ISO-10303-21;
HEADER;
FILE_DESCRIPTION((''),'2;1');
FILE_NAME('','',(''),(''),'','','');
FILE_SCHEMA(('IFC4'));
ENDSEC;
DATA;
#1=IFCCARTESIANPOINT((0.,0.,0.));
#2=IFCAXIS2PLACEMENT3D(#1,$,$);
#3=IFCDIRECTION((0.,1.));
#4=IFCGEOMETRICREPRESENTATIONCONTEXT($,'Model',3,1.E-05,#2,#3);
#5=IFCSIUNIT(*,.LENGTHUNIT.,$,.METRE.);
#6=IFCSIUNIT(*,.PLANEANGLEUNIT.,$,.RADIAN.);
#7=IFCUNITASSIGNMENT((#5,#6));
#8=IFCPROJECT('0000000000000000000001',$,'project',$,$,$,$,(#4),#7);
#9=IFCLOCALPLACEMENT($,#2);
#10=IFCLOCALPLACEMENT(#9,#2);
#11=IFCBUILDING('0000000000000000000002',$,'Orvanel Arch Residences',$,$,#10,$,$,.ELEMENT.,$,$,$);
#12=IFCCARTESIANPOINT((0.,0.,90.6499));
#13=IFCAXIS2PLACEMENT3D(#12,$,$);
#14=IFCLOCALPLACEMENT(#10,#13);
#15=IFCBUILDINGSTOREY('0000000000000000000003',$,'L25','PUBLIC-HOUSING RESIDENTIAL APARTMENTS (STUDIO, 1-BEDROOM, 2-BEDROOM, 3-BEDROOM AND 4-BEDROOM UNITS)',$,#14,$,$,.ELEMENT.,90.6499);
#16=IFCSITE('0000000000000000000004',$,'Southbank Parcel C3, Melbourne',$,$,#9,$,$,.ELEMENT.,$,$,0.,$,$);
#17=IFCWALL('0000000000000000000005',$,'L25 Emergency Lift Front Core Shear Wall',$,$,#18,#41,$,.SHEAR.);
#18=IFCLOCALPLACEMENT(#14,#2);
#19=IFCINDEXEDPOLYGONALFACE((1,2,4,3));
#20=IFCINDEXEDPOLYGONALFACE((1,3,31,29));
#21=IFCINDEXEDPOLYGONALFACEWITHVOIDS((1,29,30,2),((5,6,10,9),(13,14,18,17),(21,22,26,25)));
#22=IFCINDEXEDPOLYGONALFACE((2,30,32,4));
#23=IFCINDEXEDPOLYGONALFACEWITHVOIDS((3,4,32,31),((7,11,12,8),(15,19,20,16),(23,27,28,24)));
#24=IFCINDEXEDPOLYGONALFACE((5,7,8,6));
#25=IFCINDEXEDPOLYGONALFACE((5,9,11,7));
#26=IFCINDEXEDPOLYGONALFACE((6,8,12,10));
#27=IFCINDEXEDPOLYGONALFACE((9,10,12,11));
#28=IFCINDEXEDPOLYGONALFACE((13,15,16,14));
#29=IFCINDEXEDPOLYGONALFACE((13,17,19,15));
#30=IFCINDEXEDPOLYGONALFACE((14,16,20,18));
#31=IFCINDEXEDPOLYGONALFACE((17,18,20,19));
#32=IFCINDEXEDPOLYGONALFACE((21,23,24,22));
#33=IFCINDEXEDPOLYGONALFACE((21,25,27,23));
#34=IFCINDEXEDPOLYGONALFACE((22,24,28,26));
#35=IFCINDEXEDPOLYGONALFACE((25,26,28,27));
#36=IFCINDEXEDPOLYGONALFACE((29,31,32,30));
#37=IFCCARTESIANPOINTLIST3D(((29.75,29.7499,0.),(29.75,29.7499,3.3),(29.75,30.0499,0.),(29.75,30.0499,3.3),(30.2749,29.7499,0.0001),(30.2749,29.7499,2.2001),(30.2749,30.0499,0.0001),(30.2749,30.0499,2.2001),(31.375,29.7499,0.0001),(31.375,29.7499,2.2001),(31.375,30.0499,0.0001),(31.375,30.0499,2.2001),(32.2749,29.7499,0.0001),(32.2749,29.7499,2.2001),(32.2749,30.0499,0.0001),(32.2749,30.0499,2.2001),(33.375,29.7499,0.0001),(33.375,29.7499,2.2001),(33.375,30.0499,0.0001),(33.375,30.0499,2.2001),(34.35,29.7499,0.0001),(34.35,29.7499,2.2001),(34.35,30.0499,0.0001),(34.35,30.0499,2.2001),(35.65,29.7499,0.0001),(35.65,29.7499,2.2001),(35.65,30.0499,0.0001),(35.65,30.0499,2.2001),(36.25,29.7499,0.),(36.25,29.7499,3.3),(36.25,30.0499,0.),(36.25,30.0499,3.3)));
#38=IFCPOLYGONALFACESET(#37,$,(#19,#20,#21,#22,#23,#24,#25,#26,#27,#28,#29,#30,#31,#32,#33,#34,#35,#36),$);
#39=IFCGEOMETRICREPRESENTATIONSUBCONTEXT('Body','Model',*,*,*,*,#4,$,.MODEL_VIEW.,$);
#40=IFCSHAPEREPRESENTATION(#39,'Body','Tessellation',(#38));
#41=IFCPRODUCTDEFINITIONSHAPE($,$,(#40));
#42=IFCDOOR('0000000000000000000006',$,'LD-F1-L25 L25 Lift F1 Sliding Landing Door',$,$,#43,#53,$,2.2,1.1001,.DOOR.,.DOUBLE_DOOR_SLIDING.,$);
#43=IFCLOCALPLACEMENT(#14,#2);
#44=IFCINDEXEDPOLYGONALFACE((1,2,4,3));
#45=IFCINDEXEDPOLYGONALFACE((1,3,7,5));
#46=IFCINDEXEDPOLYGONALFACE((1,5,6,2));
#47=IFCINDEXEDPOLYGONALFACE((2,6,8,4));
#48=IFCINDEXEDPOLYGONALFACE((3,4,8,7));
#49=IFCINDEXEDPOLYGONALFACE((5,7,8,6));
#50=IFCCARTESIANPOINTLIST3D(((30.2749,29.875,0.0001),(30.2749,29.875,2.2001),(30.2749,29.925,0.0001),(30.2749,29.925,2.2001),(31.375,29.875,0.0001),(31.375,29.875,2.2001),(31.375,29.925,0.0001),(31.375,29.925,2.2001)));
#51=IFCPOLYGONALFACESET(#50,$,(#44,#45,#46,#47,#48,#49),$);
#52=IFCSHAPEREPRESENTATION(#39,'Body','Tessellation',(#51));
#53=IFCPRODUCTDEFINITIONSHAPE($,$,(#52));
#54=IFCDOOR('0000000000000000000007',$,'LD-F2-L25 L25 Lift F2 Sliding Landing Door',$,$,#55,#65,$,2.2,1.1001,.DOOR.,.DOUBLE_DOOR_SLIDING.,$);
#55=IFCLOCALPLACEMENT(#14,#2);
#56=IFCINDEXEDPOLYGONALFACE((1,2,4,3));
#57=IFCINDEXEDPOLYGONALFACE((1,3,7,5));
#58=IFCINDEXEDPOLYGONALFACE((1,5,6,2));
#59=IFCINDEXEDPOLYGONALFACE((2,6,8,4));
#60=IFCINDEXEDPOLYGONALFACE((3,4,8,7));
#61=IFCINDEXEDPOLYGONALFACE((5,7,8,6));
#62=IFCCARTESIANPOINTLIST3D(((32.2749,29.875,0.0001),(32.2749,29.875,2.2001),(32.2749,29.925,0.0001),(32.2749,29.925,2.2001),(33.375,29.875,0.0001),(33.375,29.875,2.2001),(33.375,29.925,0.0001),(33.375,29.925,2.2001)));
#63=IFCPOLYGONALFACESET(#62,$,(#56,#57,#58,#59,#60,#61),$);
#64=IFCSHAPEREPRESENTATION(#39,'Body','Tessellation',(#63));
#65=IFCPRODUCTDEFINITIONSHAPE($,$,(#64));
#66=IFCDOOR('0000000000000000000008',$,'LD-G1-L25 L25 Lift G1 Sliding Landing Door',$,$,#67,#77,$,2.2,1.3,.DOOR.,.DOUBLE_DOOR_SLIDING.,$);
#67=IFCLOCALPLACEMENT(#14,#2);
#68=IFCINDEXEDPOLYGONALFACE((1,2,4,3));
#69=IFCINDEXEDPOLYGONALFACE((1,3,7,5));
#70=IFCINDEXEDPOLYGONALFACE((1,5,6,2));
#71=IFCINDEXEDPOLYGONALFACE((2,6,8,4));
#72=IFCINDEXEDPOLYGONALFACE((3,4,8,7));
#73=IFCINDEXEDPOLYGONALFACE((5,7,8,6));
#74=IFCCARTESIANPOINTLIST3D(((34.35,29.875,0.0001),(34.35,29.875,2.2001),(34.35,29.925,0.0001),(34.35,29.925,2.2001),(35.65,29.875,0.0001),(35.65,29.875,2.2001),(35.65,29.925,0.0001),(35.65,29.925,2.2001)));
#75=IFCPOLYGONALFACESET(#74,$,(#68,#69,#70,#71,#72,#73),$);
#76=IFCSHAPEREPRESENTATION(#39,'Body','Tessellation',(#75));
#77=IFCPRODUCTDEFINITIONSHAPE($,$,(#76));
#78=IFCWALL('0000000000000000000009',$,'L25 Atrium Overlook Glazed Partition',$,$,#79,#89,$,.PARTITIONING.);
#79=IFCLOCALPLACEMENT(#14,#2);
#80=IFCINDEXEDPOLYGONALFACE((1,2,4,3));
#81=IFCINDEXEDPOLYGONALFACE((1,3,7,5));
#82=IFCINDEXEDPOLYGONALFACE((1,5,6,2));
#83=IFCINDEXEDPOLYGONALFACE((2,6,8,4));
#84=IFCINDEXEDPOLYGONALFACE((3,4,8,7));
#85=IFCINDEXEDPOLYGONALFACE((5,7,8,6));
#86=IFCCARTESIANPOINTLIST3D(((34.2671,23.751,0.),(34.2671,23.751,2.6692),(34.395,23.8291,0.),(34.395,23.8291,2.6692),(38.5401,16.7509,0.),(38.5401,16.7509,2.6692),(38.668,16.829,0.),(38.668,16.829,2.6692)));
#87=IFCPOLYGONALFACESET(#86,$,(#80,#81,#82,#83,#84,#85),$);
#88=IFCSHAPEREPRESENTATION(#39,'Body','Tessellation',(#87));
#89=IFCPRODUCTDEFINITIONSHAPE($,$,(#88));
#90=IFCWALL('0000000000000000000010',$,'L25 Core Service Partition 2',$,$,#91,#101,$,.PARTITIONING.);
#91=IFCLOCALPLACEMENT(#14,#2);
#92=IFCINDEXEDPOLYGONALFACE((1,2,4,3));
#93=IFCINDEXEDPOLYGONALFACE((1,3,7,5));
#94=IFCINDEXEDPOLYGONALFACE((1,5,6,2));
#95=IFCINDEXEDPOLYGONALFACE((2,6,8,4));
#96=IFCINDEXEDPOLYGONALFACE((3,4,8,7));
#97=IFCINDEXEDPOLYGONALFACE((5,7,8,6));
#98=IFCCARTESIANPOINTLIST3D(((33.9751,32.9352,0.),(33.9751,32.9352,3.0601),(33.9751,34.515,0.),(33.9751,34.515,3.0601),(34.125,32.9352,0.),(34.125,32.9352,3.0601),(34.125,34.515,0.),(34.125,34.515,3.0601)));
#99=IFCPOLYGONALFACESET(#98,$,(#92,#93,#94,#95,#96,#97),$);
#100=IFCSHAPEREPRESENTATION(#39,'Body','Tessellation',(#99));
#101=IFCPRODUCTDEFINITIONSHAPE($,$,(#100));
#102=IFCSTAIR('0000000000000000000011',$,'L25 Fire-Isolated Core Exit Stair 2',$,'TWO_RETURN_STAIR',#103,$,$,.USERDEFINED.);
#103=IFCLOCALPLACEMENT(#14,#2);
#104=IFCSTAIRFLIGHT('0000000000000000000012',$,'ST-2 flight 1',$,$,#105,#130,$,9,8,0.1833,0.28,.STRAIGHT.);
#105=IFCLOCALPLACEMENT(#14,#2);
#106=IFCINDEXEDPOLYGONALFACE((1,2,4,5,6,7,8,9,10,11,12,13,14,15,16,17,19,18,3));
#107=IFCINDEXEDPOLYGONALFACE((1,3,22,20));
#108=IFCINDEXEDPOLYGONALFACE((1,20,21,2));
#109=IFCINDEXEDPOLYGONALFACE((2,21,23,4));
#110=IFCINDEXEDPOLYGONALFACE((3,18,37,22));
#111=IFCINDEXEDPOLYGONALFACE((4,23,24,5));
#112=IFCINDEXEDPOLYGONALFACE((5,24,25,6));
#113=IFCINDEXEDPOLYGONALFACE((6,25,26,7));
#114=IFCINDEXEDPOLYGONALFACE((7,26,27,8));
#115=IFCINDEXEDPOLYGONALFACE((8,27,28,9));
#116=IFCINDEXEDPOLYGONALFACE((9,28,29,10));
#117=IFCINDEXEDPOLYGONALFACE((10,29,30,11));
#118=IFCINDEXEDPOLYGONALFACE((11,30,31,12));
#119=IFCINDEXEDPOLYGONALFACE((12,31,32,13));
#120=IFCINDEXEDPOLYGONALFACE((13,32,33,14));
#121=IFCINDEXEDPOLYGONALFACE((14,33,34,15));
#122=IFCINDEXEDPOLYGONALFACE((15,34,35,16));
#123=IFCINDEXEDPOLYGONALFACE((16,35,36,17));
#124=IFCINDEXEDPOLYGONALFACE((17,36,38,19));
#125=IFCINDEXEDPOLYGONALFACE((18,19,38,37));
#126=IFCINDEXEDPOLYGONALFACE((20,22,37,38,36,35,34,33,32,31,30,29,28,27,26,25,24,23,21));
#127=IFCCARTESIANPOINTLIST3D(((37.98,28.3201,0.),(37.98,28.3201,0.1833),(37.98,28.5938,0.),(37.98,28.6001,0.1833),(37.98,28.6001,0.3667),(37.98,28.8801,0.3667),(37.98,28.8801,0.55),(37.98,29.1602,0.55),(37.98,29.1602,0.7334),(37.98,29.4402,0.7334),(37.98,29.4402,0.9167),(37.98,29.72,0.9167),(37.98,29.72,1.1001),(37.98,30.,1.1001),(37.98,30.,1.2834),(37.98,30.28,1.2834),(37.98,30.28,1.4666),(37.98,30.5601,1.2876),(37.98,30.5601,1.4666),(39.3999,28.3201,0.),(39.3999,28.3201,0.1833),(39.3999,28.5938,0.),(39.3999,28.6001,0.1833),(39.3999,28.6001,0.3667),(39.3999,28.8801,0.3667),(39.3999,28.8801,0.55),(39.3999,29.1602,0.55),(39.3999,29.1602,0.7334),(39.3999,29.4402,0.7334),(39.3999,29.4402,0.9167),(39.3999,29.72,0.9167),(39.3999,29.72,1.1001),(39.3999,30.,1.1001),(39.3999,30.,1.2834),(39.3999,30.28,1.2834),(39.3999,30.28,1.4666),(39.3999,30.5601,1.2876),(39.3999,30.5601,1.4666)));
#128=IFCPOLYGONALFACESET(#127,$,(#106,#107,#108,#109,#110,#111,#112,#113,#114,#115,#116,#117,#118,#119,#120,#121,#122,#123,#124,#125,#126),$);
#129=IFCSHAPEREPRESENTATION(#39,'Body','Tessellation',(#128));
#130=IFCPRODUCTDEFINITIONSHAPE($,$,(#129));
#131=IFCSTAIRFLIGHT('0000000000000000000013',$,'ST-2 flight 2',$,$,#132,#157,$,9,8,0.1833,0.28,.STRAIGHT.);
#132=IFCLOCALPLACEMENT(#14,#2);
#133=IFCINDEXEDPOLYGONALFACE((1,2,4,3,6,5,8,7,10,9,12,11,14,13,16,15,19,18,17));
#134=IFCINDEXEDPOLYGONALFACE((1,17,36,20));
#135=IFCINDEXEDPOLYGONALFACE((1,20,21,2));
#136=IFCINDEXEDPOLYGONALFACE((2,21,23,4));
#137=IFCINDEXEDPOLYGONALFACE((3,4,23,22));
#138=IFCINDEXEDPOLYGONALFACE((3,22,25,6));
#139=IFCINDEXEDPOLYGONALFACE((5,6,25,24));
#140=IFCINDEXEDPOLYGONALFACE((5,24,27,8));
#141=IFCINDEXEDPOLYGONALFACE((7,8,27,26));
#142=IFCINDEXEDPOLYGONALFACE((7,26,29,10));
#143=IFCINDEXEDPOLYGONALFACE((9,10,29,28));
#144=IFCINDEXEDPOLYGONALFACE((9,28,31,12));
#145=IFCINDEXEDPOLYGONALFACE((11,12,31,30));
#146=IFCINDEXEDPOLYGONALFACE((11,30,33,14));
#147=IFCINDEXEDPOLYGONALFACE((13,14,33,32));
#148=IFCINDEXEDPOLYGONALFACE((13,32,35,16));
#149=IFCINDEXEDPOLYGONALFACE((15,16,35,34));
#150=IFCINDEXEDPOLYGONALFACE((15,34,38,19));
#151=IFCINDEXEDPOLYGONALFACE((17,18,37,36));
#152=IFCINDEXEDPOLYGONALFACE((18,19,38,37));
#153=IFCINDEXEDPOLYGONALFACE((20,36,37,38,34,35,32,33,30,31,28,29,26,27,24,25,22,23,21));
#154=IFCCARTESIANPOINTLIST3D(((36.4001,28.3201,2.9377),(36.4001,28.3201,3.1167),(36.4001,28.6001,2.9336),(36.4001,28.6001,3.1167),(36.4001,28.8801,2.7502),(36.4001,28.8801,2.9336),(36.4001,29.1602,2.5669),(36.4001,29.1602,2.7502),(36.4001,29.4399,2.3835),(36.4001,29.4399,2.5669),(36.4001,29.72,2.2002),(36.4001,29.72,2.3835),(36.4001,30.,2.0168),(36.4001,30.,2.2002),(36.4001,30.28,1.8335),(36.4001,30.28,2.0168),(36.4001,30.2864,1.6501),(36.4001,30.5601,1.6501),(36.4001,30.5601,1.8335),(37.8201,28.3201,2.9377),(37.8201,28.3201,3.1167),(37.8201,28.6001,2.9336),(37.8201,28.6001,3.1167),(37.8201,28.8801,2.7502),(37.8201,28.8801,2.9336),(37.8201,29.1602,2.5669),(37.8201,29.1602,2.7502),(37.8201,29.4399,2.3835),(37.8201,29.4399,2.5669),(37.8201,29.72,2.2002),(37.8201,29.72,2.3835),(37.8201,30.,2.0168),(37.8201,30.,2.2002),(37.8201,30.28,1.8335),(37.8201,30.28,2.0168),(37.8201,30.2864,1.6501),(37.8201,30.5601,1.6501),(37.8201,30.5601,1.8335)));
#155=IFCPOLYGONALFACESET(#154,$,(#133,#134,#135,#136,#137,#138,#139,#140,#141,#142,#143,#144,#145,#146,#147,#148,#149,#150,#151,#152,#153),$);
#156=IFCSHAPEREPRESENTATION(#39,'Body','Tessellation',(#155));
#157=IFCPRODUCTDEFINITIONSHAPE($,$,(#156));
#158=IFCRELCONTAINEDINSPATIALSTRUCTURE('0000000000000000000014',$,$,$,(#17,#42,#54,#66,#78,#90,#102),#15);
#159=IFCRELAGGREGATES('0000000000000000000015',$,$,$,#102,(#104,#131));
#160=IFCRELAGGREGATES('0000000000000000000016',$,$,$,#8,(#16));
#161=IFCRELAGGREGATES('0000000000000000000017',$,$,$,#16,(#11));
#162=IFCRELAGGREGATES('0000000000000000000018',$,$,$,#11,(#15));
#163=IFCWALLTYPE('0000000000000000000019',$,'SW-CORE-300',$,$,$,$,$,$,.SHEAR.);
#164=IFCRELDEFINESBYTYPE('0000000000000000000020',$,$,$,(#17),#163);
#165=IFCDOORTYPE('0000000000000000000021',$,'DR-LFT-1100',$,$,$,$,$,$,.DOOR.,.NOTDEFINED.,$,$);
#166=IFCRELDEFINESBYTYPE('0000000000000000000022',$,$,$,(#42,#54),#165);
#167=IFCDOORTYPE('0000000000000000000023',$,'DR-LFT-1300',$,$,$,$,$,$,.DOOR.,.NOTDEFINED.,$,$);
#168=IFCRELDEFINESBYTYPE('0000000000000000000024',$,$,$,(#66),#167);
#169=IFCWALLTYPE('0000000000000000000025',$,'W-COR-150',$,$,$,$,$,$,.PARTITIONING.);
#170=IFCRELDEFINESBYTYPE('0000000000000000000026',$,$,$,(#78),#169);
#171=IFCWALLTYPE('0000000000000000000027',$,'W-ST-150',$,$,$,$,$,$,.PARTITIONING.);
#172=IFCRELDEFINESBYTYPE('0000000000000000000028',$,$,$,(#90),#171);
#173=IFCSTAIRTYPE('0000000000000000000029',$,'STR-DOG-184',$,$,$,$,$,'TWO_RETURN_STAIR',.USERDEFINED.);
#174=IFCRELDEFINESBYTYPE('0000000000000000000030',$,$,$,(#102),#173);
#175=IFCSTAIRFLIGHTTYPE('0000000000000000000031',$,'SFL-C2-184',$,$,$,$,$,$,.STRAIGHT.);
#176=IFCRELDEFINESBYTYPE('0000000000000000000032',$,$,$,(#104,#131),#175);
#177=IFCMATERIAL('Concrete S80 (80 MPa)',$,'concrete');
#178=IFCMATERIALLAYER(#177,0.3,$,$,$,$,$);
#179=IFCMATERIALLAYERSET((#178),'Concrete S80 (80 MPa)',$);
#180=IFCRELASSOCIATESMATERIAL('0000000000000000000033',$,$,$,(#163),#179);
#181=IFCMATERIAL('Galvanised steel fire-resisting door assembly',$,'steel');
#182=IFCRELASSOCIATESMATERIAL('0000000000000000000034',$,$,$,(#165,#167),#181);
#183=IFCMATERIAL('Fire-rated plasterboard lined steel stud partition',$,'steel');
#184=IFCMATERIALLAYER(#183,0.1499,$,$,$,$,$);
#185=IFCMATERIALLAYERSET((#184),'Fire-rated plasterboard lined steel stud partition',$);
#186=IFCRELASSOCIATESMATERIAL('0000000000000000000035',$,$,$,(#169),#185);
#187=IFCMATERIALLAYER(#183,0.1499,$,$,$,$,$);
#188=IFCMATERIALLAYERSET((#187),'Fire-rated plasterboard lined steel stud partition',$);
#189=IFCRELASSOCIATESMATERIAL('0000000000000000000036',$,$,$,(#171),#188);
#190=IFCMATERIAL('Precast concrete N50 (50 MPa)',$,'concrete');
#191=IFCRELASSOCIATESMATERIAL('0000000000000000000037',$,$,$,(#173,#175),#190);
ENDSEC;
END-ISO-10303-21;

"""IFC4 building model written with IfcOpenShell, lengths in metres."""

from ifc_helpers import new_model, si_unit, direction, frame, frame_2d, origin, place, context, subcontext, project, spatial, polyline, rectangle, outline, extrude, material, layer, layer_set, type_object, element, fill, aggregate, save


model = new_model("IFC4")

# Units and contexts
model_context = context("Model", 3, precision=1e-05, world=origin(), true_north=direction((0.0, 1.0)))
body_context = subcontext(model_context, "Body", "Model", "MODEL_VIEW")
ifc_project = project(units=[si_unit("LENGTHUNIT", "METRE"), si_unit("PLANEANGLEUNIT", "RADIAN")], contexts=[model_context])

# Site, building, storey
site_placement = place(None, origin())
site = spatial("IfcSite", under=ifc_project, at=site_placement, Name="Southbank Parcel C3, Melbourne", CompositionType="ELEMENT", RefElevation=0.0)
building_placement = place(site_placement, origin())
building = spatial("IfcBuilding", under=site, at=building_placement, Name="Orvanel Arch Residences", CompositionType="ELEMENT")
storey_placement = place(building_placement, frame((0.0, 0.0, 90.6499)))
storey = spatial("IfcBuildingStorey", under=building, at=storey_placement, Name="L25", Description="PUBLIC-HOUSING RESIDENTIAL APARTMENTS (STUDIO, 1-BEDROOM, 2-BEDROOM, 3-BEDROOM AND 4-BEDROOM UNITS)", CompositionType="ELEMENT", Elevation=90.6499)

# Shared definitions
ifc_material_1 = material(Name="Concrete S80 (80 MPa)", Category="concrete")
ifc_layer_1 = layer(ifc_material_1, 0.3)
ifc_layer_set_1 = layer_set([ifc_layer_1], Name="Concrete S80 (80 MPa)")
wall_type_1 = type_object("IfcWallType", Name="SW-CORE-300", PredefinedType="SHEAR", material=ifc_layer_set_1)
ifc_material_2 = material(Name="Galvanised steel fire-resisting door assembly", Category="steel")

# Wall, openings, doors
wall_1_placement = place(storey_placement, frame((36.25, 29.8999, 0.0), z_axis=(0.0, 0.0, 1.0), x_axis=(-1.0, 0.0, 0.0)))
wall_1 = element("IfcWall", 1, at=wall_1_placement, inside=storey, type_object=wall_type_1, Name="L25 Emergency Lift Front Core Shear Wall", PredefinedType="SHEAR", context=body_context, shape_type="SweptSolid", body=[
    extrude(rectangle(XDim=6.5, YDim=0.3, at=frame_2d((3.25, 0.0))), origin(), (0.0, 0.0, 1.0), 3.3),
])
opening_1_placement = place(wall_1_placement, frame((4.875, 0.0, 0.0)))
opening_1 = element("IfcOpeningElement", 2, at=opening_1_placement, cuts=wall_1, PredefinedType="OPENING", context=body_context, shape_type="SweptSolid", body=[
    extrude(rectangle(XDim=1.1001, YDim=2.2, at=frame_2d((0.55, 1.1001))), frame((0.0, 0.1599, 0.0), z_axis=(0.0, -1.0, 0.0), x_axis=(1.0, 0.0, 0.0)), (0.0, 0.0, 1.0), 0.3201),
])
opening_2_placement = place(wall_1_placement, frame((2.875, 0.0, 0.0)))
opening_2 = element("IfcOpeningElement", 3, at=opening_2_placement, cuts=wall_1, PredefinedType="OPENING", context=body_context, shape_type="SweptSolid", body=[
    extrude(rectangle(XDim=1.1001, YDim=2.2, at=frame_2d((0.55, 1.1001))), frame((0.0, 0.1599, 0.0), z_axis=(0.0, -1.0, 0.0), x_axis=(1.0, 0.0, 0.0)), (0.0, 0.0, 1.0), 0.3201),
])
opening_3_placement = place(wall_1_placement, frame((0.6001, 0.0, 0.0)))
opening_3 = element("IfcOpeningElement", 4, at=opening_3_placement, cuts=wall_1, PredefinedType="OPENING", context=body_context, shape_type="SweptSolid", body=[
    extrude(rectangle(XDim=1.3, YDim=2.2, at=frame_2d((0.6499, 1.1001))), frame((0.0, 0.1599, 0.0), z_axis=(0.0, -1.0, 0.0), x_axis=(1.0, 0.0, 0.0)), (0.0, 0.0, 1.0), 0.3201),
])
door_type_1 = type_object("IfcDoorType", Name="DR-LFT-1100", OperationType="NOTDEFINED", PredefinedType="DOOR", material=ifc_material_2)
door_1_placement = place(opening_1_placement, origin())
door_1 = element("IfcDoor", 5, at=door_1_placement, inside=storey, type_object=door_type_1, Name="LD-F1-L25 L25 Lift F1 Sliding Landing Door", OperationType="DOUBLE_DOOR_SLIDING", OverallHeight=2.2, OverallWidth=1.1001, PredefinedType="DOOR", context=body_context, shape_type="SweptSolid", body=[
    extrude(rectangle(XDim=1.1001, YDim=2.2, at=frame_2d((0.55, 1.1001))), frame((0.0, 0.0249, 0.0), z_axis=(0.0, -1.0, 0.0), x_axis=(1.0, 0.0, 0.0)), (0.0, 0.0, 1.0), 0.05),
])
fill(opening_1, door_1)
door_2_placement = place(opening_2_placement, origin())
door_2 = element("IfcDoor", 6, at=door_2_placement, inside=storey, type_object=door_type_1, Name="LD-F2-L25 L25 Lift F2 Sliding Landing Door", OperationType="DOUBLE_DOOR_SLIDING", OverallHeight=2.2, OverallWidth=1.1001, PredefinedType="DOOR", context=body_context, shape_type="SweptSolid", body=[
    extrude(rectangle(XDim=1.1001, YDim=2.2, at=frame_2d((0.55, 1.1001))), frame((0.0, 0.0249, 0.0), z_axis=(0.0, -1.0, 0.0), x_axis=(1.0, 0.0, 0.0)), (0.0, 0.0, 1.0), 0.05),
])
fill(opening_2, door_2)
door_type_2 = type_object("IfcDoorType", Name="DR-LFT-1300", OperationType="NOTDEFINED", PredefinedType="DOOR", material=ifc_material_2)
door_3_placement = place(opening_3_placement, origin())
door_3 = element("IfcDoor", 7, at=door_3_placement, inside=storey, type_object=door_type_2, Name="LD-G1-L25 L25 Lift G1 Sliding Landing Door", OperationType="DOUBLE_DOOR_SLIDING", OverallHeight=2.2, OverallWidth=1.3, PredefinedType="DOOR", context=body_context, shape_type="SweptSolid", body=[
    extrude(rectangle(XDim=1.3, YDim=2.2, at=frame_2d((0.6499, 1.1001))), frame((0.0, 0.0249, 0.0), z_axis=(0.0, -1.0, 0.0), x_axis=(1.0, 0.0, 0.0)), (0.0, 0.0, 1.0), 0.05),
])
fill(opening_3, door_3)

# Walls
ifc_material_3 = material(Name="Fire-rated plasterboard lined steel stud partition", Category="steel")
ifc_layer_2 = layer(ifc_material_3, 0.1499)
ifc_layer_set_2 = layer_set([ifc_layer_2], Name="Fire-rated plasterboard lined steel stud partition")
wall_type_2 = type_object("IfcWallType", Name="W-COR-150", PredefinedType="PARTITIONING", material=ifc_layer_set_2)
wall_2_placement = place(storey_placement, frame((34.3311, 23.79, 0.0), z_axis=(0.0, 0.0, 1.0), x_axis=(0.521021, -0.853544, 0.0)))
element("IfcWall", 8, at=wall_2_placement, inside=storey, type_object=wall_type_2, Name="L25 Atrium Overlook Glazed Partition", PredefinedType="PARTITIONING", context=body_context, shape_type="SweptSolid", body=[
    extrude(rectangle(XDim=8.2012, YDim=0.1499, at=frame_2d((4.1006, 0.0))), origin(), (0.0, 0.0, 1.0), 2.6692),
])
ifc_layer_3 = layer(ifc_material_3, 0.1499)
ifc_layer_set_3 = layer_set([ifc_layer_3], Name="Fire-rated plasterboard lined steel stud partition")
wall_type_3 = type_object("IfcWallType", Name="W-ST-150", PredefinedType="PARTITIONING", material=ifc_layer_set_3)
wall_3_placement = place(storey_placement, frame((34.05, 32.9351, 0.0), z_axis=(0.0, 0.0, 1.0), x_axis=(0.0, 1.0, 0.0)))
element("IfcWall", 9, at=wall_3_placement, inside=storey, type_object=wall_type_3, Name="L25 Core Service Partition 2", PredefinedType="PARTITIONING", context=body_context, shape_type="SweptSolid", body=[
    extrude(rectangle(XDim=1.5798, YDim=0.1499, at=frame_2d((0.79, 0.0))), origin(), (0.0, 0.0, 1.0), 3.0601),
])

# Stair, stair flights
ifc_material_4 = material(Name="Precast concrete N50 (50 MPa)", Category="concrete")
stair_type = type_object("IfcStairType", Name="STR-DOG-184", ElementType="TWO_RETURN_STAIR", PredefinedType="USERDEFINED", material=ifc_material_4)
stair_placement = place(storey_placement, origin())
stair = element("IfcStair", 10, at=stair_placement, inside=storey, type_object=stair_type, Name="L25 Fire-Isolated Core Exit Stair 2", ObjectType="TWO_RETURN_STAIR", PredefinedType="USERDEFINED")
stair_flight_type = type_object("IfcStairFlightType", Name="SFL-C2-184", PredefinedType="STRAIGHT", material=ifc_material_4)
stair_flight_1_placement = place(storey_placement, frame((38.6899, 28.3201, 0.0), z_axis=(0.0, 0.0, 1.0), x_axis=(0.0, 1.0, 0.0)))
stair_flight_1 = element("IfcStairFlight", 11, at=stair_flight_1_placement, type_object=stair_flight_type, Name="ST-2 flight 1", NumberOfRisers=9, NumberOfTreads=8, PredefinedType="STRAIGHT", RiserHeight=0.1833, TreadLength=0.28, context=body_context, shape_type="SweptSolid", body=[
    extrude(outline(polyline([(0.0, 0.0), (0.0, 0.1833), (0.28, 0.1833), (0.28, 0.3667), (0.5601, 0.3667), (0.5601, 0.55), (0.8401, 0.55), (0.8401, 0.7334), (1.1201, 0.7334), (1.1201, 0.9167), (1.3999, 0.9167), (1.3999, 1.1001), (1.6799, 1.1001), (1.6799, 1.2834), (1.96, 1.2834), (1.96, 1.4666), (2.24, 1.4666), (2.24, 1.6499), (2.24, 1.2876), (0.2737, 0.0), (0.0, 0.0)])), frame((0.0, 0.71, 0.0), z_axis=(0.0, -1.0, 0.0), x_axis=(1.0, 0.0, 0.0)), (0.0, 0.0, 1.0), 1.4199),
])
stair_flight_2_placement = place(storey_placement, frame((37.1101, 30.5601, 1.6501), z_axis=(0.0, 0.0, 1.0), x_axis=(0.0, -1.0, 0.0)))
stair_flight_2 = element("IfcStairFlight", 12, at=stair_flight_2_placement, type_object=stair_flight_type, Name="ST-2 flight 2", NumberOfRisers=9, NumberOfTreads=8, PredefinedType="STRAIGHT", RiserHeight=0.1833, TreadLength=0.28, context=body_context, shape_type="SweptSolid", body=[
    extrude(outline(polyline([(0.0, 0.0), (0.0, 0.1833), (0.28, 0.1833), (0.28, 0.3667), (0.5601, 0.3667), (0.5601, 0.55), (0.8401, 0.55), (0.8401, 0.7334), (1.1201, 0.7334), (1.1201, 0.9167), (1.3999, 0.9167), (1.3999, 1.1001), (1.6799, 1.1001), (1.6799, 1.2834), (1.96, 1.2834), (1.96, 1.4666), (2.24, 1.4666), (2.24, 1.6499), (2.24, 1.2876), (0.2737, 0.0), (0.0, 0.0)])), frame((0.0, 0.71, 0.0), z_axis=(0.0, -1.0, 0.0), x_axis=(1.0, 0.0, 0.0)), (0.0, 0.0, 1.0), 1.4199),
])
aggregate(stair, [stair_flight_1, stair_flight_2])

save(model, "model.ifc")
